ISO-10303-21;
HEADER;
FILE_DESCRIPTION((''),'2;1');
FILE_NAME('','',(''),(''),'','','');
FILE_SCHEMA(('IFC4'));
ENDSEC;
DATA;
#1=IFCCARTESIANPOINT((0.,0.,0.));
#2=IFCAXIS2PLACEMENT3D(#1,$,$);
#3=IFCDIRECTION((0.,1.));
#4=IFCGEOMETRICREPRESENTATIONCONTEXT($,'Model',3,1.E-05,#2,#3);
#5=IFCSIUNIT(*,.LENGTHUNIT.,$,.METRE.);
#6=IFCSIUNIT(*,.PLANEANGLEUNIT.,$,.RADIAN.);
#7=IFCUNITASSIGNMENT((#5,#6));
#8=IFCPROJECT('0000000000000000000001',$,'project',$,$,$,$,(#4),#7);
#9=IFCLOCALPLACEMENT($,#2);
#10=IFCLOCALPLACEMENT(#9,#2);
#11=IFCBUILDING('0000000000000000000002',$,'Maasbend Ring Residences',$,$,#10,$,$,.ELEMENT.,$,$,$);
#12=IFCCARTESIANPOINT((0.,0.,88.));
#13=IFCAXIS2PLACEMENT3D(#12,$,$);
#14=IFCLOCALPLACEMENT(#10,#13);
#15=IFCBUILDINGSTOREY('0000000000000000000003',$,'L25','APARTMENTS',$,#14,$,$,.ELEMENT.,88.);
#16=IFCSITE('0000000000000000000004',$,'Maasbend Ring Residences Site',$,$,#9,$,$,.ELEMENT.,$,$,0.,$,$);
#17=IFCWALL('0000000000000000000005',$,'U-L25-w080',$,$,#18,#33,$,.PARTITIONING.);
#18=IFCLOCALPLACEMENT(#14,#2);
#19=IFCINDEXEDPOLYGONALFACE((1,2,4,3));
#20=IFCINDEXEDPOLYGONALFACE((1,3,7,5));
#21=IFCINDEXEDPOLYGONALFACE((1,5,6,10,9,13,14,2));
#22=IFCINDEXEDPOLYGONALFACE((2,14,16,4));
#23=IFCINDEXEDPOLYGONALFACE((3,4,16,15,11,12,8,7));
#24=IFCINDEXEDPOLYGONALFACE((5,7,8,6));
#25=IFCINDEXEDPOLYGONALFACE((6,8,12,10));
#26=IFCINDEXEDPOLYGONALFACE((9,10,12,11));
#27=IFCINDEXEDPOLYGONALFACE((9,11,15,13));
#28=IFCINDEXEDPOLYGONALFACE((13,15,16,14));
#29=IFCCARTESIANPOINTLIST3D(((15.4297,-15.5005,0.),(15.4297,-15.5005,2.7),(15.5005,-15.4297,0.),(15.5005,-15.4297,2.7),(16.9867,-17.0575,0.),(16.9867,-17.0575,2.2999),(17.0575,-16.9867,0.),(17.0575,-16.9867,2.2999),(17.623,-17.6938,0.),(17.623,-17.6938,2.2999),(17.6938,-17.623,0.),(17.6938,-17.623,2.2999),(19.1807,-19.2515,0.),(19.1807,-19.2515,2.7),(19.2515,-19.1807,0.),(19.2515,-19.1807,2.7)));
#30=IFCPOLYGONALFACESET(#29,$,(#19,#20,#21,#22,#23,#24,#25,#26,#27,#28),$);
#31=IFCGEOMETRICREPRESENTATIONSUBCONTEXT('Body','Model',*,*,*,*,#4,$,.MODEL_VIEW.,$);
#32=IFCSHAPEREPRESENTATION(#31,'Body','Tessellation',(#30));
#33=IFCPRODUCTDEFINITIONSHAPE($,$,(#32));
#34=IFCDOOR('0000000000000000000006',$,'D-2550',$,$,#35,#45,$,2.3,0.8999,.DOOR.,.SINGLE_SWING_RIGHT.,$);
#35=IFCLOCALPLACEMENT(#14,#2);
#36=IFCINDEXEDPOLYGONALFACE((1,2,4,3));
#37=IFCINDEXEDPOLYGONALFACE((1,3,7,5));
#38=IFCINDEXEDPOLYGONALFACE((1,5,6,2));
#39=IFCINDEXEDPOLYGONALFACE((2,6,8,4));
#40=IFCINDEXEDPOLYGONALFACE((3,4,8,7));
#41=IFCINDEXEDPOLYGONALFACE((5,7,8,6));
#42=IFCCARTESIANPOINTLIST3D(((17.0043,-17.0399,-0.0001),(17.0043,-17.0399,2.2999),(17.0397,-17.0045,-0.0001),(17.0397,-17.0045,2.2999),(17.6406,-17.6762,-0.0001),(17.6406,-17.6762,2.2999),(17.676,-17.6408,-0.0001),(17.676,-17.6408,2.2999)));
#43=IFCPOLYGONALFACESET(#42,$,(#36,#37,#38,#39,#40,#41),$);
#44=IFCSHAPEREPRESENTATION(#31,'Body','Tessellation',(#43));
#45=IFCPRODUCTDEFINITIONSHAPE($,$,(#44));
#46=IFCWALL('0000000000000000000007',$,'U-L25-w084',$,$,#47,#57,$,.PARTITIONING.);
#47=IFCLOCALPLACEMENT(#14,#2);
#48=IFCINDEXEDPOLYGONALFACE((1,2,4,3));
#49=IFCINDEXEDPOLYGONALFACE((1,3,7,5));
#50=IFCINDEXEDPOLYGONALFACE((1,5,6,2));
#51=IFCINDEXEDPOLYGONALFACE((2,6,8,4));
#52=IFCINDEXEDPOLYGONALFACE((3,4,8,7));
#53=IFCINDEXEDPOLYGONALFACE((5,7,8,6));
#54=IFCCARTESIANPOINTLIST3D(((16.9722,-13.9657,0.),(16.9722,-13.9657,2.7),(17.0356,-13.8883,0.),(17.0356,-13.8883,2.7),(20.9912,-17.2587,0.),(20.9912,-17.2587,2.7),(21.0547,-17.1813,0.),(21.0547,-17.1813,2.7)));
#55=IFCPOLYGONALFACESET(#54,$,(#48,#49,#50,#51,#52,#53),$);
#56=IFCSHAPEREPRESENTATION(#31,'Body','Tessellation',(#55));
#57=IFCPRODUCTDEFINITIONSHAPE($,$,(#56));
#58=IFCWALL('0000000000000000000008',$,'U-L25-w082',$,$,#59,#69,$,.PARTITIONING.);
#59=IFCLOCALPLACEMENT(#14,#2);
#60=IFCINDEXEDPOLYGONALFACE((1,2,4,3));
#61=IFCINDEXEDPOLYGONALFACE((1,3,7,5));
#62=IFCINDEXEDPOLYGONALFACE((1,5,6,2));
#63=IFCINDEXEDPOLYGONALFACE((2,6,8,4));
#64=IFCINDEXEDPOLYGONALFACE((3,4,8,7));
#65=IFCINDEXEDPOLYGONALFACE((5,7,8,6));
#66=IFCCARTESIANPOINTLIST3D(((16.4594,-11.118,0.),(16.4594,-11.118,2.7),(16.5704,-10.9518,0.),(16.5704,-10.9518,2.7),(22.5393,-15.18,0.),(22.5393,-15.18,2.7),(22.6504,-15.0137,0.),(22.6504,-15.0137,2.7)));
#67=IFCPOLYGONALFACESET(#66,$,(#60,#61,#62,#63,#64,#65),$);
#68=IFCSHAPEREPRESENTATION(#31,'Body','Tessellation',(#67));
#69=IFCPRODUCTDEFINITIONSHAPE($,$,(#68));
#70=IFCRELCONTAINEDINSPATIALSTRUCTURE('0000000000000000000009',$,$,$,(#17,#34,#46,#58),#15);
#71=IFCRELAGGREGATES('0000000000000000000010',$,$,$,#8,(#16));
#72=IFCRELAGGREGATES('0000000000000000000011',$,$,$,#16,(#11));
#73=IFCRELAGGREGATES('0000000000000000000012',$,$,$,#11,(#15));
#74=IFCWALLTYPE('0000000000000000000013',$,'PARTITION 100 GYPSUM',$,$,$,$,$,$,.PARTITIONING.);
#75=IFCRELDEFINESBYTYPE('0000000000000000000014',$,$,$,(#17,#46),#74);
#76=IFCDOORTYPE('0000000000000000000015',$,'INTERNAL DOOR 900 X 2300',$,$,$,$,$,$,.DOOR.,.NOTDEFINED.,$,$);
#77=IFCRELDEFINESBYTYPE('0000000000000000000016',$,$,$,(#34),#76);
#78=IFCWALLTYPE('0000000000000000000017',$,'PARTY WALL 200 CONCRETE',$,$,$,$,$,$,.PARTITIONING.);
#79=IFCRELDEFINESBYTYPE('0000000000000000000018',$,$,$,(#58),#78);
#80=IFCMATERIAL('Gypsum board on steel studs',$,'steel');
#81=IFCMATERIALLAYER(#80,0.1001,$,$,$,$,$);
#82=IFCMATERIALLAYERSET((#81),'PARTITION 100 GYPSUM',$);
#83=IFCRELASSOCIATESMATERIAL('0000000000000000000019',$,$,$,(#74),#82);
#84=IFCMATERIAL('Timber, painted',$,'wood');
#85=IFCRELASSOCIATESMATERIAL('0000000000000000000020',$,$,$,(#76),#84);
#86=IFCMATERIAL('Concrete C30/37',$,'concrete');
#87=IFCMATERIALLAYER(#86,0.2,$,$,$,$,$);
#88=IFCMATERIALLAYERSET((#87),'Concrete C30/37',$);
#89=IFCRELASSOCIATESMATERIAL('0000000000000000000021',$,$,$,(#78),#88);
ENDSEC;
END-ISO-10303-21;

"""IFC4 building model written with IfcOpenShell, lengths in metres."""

from ifc_helpers import new_model, si_unit, direction, frame, frame_2d, origin, place, context, subcontext, project, spatial, rectangle, extrude, material, layer, layer_set, type_object, element, fill, save


model = new_model("IFC4")

# Units and contexts
model_context = context("Model", 3, precision=1e-05, world=origin(), true_north=direction((0.0, 1.0)))
body_context = subcontext(model_context, "Body", "Model", "MODEL_VIEW")
ifc_project = project(units=[si_unit("LENGTHUNIT", "METRE"), si_unit("PLANEANGLEUNIT", "RADIAN")], contexts=[model_context])

# Site, building, storey
site_placement = place(None, origin())
site = spatial("IfcSite", under=ifc_project, at=site_placement, Name="Maasbend Ring Residences Site", CompositionType="ELEMENT", RefElevation=0.0)
building_placement = place(site_placement, origin())
building = spatial("IfcBuilding", under=site, at=building_placement, Name="Maasbend Ring Residences", CompositionType="ELEMENT")
storey_placement = place(building_placement, frame((0.0, 0.0, 88.0)))
storey = spatial("IfcBuildingStorey", under=building, at=storey_placement, Name="L25", Description="APARTMENTS", CompositionType="ELEMENT", Elevation=88.0)

# Wall, opening, door
ifc_material_1 = material(Name="Gypsum board on steel studs", Category="steel")
ifc_layer_1 = layer(ifc_material_1, 0.1001)
ifc_layer_set_1 = layer_set([ifc_layer_1], Name="PARTITION 100 GYPSUM")
wall_type_1 = type_object("IfcWallType", Name="PARTITION 100 GYPSUM", PredefinedType="PARTITIONING", material=ifc_layer_set_1)
ifc_material_2 = material(Name="Timber, painted", Category="wood")
door_type_1 = type_object("IfcDoorType", Name="INTERNAL DOOR 900 X 2300", OperationType="NOTDEFINED", PredefinedType="DOOR", material=ifc_material_2)
wall_1_placement = place(storey_placement, frame((15.4651, -15.4651, 0.0), z_axis=(0.0, 0.0, 1.0), x_axis=(0.707107, -0.707107, 0.0)))
wall_1 = element("IfcWall", 1, at=wall_1_placement, inside=storey, type_object=wall_type_1, Name="U-L25-w080", PredefinedType="PARTITIONING", context=body_context, shape_type="SweptSolid", body=[
    extrude(rectangle(XDim=5.3047, YDim=0.1001, at=frame_2d((2.6523, 0.0))), origin(), (0.0, 0.0, 1.0), 2.7),
])
opening_1_placement = place(wall_1_placement, frame((2.2019, 0.0, 0.0)))
opening_1 = element("IfcOpeningElement", 2, at=opening_1_placement, cuts=wall_1, PredefinedType="OPENING", context=body_context, shape_type="SweptSolid", body=[
    extrude(rectangle(XDim=0.8999, YDim=2.3, at=frame_2d((0.45, 1.1499))), frame((0.0, 0.0601, 0.0), z_axis=(0.0, -1.0, 0.0), x_axis=(1.0, 0.0, 0.0)), (0.0, 0.0, 1.0), 0.1201),
])
door_1_placement = place(opening_1_placement, origin())
door_1 = element("IfcDoor", 3, at=door_1_placement, inside=storey, type_object=door_type_1, Name="D-2550", OperationType="SINGLE_SWING_RIGHT", OverallHeight=2.3, OverallWidth=0.8999, PredefinedType="DOOR", context=body_context, shape_type="SweptSolid", body=[
    extrude(rectangle(XDim=0.8999, YDim=2.3, at=frame_2d((0.45, 1.1499))), frame((0.0, 0.0249, 0.0), z_axis=(0.0, -1.0, 0.0), x_axis=(1.0, 0.0, 0.0)), (0.0, 0.0, 1.0), 0.05),
])
fill(opening_1, door_1)

# Walls
wall_2_placement = place(storey_placement, frame((17.0039, -13.927, 0.0), z_axis=(0.0, 0.0, 1.0), x_axis=(0.773517, -0.633775, 0.0)))
element("IfcWall", 4, at=wall_2_placement, inside=storey, type_object=wall_type_1, Name="U-L25-w084", PredefinedType="PARTITIONING", context=body_context, shape_type="SweptSolid", body=[
    extrude(rectangle(XDim=5.1958, YDim=0.1001, at=frame_2d((2.5979, 0.0))), origin(), (0.0, 0.0, 1.0), 2.7),
])
ifc_material_3 = material(Name="Concrete C30/37", Category="concrete")
ifc_layer_2 = layer(ifc_material_3, 0.2)
ifc_layer_set_2 = layer_set([ifc_layer_2], Name="Concrete C30/37")
wall_type_2 = type_object("IfcWallType", Name="PARTY WALL 200 CONCRETE", PredefinedType="PARTITIONING", material=ifc_layer_set_2)
wall_3_placement = place(storey_placement, frame((16.5149, -11.0349, 0.0), z_axis=(0.0, 0.0, 1.0), x_axis=(0.831505, -0.555517, 0.0)))
element("IfcWall", 5, at=wall_3_placement, inside=storey, type_object=wall_type_2, Name="U-L25-w082", PredefinedType="PARTITIONING", context=body_context, shape_type="SweptSolid", body=[
    extrude(rectangle(XDim=7.312, YDim=0.2, at=frame_2d((3.656, 0.0))), origin(), (0.0, 0.0, 1.0), 2.7),
])

save(model, "model.ifc")
